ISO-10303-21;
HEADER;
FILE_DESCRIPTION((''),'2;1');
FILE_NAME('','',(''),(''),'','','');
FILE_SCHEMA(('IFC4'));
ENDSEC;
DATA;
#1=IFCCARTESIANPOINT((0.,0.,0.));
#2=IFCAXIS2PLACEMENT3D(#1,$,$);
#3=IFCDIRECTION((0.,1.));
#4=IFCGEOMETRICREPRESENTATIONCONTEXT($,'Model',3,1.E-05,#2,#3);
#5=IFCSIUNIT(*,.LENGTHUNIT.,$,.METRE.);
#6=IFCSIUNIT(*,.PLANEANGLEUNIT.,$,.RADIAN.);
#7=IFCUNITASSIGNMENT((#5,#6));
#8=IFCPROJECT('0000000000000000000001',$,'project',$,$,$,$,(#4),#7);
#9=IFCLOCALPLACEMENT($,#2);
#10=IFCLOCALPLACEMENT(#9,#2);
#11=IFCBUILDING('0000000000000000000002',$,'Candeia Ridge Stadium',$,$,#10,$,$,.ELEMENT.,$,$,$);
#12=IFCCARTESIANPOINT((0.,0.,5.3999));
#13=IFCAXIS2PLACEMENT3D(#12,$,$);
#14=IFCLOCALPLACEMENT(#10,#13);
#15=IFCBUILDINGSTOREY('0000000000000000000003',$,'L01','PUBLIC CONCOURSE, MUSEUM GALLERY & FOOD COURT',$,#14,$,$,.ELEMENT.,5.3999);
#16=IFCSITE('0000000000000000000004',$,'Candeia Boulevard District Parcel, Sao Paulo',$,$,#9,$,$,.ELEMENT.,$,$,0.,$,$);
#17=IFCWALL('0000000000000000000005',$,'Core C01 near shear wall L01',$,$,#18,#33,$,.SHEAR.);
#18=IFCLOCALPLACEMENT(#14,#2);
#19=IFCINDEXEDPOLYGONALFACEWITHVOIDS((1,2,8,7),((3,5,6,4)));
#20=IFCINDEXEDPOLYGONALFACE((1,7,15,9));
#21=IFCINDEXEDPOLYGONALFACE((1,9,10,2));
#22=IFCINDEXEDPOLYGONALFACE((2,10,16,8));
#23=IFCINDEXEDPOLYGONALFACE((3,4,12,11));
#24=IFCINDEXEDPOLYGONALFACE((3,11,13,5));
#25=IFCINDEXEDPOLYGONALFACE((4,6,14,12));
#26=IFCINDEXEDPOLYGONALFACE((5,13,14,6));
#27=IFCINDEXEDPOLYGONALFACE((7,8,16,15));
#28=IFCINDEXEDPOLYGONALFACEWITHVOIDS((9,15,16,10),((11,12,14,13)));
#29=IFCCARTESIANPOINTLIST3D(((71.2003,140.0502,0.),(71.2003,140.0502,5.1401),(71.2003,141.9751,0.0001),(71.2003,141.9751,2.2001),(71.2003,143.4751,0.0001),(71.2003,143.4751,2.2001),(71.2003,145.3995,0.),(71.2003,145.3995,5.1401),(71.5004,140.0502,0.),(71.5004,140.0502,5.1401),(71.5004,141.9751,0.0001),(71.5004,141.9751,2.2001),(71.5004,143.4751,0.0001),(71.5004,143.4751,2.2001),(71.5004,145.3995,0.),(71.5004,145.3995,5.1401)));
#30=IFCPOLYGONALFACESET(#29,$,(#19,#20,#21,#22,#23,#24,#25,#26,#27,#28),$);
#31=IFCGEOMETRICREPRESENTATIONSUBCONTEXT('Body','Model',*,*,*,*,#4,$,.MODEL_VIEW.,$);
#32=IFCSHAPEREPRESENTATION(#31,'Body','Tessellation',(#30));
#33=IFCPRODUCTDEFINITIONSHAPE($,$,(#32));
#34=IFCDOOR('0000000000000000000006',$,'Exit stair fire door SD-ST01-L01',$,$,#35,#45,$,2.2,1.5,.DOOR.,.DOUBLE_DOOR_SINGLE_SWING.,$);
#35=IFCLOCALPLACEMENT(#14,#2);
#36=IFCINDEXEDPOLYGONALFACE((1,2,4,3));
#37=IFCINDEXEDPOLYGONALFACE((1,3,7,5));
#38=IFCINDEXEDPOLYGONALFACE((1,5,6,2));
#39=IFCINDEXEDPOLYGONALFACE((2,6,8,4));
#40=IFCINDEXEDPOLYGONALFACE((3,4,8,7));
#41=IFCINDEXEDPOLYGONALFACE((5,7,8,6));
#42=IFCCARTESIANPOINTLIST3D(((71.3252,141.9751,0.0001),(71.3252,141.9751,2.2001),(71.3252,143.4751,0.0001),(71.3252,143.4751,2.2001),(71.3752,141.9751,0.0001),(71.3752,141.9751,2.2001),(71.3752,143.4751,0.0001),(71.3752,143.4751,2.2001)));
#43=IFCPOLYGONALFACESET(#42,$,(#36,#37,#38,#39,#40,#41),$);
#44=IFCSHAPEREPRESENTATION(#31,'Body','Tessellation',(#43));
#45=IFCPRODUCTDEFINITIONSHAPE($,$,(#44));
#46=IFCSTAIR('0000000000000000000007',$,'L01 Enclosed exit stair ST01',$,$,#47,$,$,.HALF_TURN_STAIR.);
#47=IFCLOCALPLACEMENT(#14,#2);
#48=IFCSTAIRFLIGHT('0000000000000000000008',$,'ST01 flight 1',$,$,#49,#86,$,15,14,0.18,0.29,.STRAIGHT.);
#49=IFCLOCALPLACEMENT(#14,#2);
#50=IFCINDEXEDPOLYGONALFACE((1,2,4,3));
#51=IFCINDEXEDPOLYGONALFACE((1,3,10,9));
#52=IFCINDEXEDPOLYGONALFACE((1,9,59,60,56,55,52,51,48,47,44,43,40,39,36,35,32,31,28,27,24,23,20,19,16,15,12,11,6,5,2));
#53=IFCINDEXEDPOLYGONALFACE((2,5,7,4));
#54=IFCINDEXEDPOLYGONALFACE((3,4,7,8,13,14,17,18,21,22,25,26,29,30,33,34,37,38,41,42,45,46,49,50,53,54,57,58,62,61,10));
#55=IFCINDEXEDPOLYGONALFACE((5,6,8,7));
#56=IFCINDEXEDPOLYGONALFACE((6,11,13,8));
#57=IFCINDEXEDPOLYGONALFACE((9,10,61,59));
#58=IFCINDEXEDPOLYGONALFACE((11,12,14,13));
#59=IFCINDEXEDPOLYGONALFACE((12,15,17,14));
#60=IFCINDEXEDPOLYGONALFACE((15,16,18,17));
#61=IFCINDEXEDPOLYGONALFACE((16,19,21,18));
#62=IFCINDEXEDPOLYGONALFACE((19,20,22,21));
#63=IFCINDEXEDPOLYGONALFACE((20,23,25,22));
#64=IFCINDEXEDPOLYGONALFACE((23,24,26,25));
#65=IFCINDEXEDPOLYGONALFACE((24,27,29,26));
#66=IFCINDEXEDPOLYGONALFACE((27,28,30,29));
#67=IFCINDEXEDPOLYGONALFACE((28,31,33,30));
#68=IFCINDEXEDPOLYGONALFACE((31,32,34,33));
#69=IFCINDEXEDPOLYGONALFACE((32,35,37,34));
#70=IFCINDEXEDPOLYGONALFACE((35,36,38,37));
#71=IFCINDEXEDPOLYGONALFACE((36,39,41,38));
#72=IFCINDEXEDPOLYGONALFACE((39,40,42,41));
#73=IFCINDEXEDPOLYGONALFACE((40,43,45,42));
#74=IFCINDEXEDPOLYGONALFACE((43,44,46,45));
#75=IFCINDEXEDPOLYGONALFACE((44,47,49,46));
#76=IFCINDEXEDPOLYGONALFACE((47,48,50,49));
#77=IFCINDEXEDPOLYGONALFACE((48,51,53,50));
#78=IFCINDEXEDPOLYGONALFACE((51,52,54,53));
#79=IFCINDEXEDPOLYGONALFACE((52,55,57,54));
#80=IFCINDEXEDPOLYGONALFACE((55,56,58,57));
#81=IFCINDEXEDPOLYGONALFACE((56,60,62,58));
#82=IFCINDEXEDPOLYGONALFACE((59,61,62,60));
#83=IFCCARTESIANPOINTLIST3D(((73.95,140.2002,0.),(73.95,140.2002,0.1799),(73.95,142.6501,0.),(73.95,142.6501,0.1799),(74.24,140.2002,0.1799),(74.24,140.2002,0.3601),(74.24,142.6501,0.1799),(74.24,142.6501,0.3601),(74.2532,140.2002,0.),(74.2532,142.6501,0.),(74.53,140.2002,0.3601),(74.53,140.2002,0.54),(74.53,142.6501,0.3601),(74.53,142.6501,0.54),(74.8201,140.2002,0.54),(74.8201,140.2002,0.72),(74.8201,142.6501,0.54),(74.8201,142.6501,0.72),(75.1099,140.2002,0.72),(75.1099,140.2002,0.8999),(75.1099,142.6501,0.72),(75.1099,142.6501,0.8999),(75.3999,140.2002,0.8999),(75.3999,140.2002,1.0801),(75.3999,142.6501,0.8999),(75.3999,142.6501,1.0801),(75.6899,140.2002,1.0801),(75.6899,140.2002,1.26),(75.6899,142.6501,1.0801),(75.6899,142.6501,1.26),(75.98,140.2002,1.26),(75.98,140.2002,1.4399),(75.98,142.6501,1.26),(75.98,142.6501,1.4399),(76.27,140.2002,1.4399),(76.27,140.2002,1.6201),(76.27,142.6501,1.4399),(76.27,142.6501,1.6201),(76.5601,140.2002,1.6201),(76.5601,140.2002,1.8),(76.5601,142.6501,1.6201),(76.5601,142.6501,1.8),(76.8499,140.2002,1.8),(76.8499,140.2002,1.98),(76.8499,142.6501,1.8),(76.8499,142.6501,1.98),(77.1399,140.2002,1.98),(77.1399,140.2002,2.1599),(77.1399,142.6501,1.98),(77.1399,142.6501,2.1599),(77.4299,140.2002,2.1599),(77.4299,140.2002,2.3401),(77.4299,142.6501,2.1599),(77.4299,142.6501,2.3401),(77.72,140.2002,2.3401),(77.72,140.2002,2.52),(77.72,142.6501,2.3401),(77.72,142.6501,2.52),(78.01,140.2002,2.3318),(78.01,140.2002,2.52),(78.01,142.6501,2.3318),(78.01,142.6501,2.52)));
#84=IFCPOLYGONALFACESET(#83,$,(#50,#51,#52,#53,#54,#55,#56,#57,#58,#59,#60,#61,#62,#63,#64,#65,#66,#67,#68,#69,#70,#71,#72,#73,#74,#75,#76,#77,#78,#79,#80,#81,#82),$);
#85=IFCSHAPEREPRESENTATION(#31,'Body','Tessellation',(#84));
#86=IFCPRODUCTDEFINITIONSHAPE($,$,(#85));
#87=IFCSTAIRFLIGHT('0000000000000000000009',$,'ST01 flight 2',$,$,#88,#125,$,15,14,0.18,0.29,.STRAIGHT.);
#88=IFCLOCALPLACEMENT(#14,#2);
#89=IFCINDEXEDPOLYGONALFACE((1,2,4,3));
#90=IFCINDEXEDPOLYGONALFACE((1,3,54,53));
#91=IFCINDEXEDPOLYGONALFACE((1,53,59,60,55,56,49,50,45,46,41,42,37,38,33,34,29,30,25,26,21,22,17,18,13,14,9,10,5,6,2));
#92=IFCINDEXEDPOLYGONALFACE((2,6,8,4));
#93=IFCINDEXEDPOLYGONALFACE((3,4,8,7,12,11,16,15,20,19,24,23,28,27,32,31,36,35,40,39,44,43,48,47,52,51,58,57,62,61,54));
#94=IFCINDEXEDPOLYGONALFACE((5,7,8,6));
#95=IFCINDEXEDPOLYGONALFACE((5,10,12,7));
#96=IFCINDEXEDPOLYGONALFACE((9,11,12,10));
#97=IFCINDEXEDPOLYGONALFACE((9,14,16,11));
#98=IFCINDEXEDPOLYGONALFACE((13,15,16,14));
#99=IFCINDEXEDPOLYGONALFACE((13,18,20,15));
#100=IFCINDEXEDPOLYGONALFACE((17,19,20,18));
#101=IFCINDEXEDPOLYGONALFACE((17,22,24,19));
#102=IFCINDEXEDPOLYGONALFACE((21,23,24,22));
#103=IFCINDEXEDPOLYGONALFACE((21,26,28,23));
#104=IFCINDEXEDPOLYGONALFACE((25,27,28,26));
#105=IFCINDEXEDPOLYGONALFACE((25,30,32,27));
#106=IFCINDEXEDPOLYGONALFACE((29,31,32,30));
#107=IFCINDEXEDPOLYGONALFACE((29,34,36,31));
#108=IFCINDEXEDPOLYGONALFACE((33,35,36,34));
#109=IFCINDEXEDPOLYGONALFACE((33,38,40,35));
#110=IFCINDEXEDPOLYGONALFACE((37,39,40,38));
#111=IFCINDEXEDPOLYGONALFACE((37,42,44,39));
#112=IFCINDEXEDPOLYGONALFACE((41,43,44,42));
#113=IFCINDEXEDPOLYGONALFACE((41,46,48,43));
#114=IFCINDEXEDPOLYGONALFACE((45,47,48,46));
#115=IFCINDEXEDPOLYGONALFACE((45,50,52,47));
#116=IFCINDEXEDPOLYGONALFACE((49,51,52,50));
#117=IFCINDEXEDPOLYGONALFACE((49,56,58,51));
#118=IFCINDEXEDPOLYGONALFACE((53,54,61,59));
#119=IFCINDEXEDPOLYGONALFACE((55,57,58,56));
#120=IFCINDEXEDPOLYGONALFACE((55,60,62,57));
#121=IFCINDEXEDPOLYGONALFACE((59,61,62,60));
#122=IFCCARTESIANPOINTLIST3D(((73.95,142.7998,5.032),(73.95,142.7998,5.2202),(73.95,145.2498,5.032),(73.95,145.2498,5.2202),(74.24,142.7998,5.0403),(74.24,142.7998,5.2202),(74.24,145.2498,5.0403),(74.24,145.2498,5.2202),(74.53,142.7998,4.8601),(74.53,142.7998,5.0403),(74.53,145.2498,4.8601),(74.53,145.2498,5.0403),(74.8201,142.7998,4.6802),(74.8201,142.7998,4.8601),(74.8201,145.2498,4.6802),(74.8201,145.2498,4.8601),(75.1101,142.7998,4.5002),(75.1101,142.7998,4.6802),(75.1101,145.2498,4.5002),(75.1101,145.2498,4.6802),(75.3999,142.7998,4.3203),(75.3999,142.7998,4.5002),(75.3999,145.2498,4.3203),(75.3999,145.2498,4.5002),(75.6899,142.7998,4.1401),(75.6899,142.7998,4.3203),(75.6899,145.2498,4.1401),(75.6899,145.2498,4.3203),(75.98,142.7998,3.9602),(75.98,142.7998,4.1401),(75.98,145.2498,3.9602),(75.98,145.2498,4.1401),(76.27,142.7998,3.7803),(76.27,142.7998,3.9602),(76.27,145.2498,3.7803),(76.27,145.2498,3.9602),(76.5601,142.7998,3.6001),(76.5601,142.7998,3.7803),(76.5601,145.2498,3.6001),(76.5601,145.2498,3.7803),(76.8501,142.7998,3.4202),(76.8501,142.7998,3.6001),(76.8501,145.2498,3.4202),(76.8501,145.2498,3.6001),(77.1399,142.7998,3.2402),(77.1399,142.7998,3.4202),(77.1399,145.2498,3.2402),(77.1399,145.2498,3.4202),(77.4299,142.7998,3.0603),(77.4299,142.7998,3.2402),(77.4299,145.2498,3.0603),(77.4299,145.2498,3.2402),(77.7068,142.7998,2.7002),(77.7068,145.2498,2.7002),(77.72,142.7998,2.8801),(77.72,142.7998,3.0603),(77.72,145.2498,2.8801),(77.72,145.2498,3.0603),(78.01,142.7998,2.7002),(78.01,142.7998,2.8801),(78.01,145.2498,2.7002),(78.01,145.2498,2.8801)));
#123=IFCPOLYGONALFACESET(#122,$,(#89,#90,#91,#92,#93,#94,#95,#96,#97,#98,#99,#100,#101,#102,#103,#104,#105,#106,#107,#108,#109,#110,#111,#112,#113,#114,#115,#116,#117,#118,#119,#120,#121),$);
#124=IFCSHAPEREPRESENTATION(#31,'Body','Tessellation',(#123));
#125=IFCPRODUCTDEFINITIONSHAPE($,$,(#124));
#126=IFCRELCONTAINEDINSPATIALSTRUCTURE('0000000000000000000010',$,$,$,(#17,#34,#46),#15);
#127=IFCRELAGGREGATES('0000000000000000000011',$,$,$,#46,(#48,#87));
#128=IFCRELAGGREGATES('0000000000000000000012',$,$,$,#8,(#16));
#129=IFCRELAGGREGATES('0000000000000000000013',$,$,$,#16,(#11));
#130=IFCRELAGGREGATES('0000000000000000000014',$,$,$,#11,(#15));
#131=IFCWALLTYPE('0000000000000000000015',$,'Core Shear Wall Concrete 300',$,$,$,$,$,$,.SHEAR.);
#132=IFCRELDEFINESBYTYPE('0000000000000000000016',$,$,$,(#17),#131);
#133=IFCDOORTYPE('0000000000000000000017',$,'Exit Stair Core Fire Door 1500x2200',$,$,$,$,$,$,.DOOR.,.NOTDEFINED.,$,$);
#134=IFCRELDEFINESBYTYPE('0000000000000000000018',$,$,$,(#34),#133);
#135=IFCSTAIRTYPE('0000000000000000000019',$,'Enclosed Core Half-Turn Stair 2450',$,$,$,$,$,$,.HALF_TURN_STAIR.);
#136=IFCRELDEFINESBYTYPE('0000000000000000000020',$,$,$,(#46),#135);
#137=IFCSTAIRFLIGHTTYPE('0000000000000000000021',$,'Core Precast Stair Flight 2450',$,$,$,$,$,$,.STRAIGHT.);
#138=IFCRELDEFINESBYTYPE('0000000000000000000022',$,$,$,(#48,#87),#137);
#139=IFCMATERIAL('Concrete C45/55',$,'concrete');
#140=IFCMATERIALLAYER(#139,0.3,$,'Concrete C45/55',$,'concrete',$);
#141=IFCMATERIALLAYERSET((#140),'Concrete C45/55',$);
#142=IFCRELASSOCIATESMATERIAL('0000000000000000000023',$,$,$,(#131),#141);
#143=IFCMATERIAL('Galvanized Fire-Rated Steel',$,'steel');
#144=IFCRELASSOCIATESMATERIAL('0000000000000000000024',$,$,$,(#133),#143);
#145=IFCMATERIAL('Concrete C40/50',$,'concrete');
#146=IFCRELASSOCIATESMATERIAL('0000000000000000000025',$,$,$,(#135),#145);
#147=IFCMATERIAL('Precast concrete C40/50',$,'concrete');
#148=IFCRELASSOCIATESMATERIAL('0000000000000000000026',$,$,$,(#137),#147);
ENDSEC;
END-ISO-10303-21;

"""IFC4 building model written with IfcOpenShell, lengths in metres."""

from ifc_helpers import new_model, si_unit, direction, frame, frame_2d, origin, place, context, subcontext, project, spatial, polyline, rectangle, outline, extrude, material, layer, layer_set, type_object, element, fill, aggregate, save


model = new_model("IFC4")

# Units and contexts
model_context = context("Model", 3, precision=1e-05, world=origin(), true_north=direction((0.0, 1.0)))
body_context = subcontext(model_context, "Body", "Model", "MODEL_VIEW")
ifc_project = project(units=[si_unit("LENGTHUNIT", "METRE"), si_unit("PLANEANGLEUNIT", "RADIAN")], contexts=[model_context])

# Site, building, storey
site_placement = place(None, origin())
site = spatial("IfcSite", under=ifc_project, at=site_placement, Name="Candeia Boulevard District Parcel, Sao Paulo", CompositionType="ELEMENT", RefElevation=0.0)
building_placement = place(site_placement, origin())
building = spatial("IfcBuilding", under=site, at=building_placement, Name="Candeia Ridge Stadium", CompositionType="ELEMENT")
storey_placement = place(building_placement, frame((0.0, 0.0, 5.3999)))
storey = spatial("IfcBuildingStorey", under=building, at=storey_placement, Name="L01", Description="PUBLIC CONCOURSE, MUSEUM GALLERY & FOOD COURT", CompositionType="ELEMENT", Elevation=5.3999)

# Shared definitions
ifc_material_1 = material(Name="Concrete C40/50", Category="concrete")

# Shared definitions
ifc_material_2 = material(Name="Concrete C45/55", Category="concrete")

# Shared definitions
ifc_layer_1 = layer(ifc_material_2, 0.3, Name="Concrete C45/55", Category="concrete")
ifc_layer_set_1 = layer_set([ifc_layer_1], Name="Concrete C45/55")
wall_type_1 = type_object("IfcWallType", Name="Core Shear Wall Concrete 300", PredefinedType="SHEAR", material=ifc_layer_set_1)

# Wall, opening, door
wall_1_placement = place(storey_placement, frame((71.3503, 145.3997, 0.0), z_axis=(0.0, 0.0, 1.0), x_axis=(0.0, -1.0, 0.0)))
wall_1 = element("IfcWall", 1, at=wall_1_placement, inside=storey, type_object=wall_type_1, Name="Core C01 near shear wall L01", PredefinedType="SHEAR", context=body_context, shape_type="SweptSolid", body=[
    extrude(rectangle(XDim=5.3494, YDim=0.3, at=frame_2d((2.6748, 0.0))), origin(), (0.0, 0.0, 1.0), 5.1401),
])
opening_placement = place(wall_1_placement, frame((1.9246, 0.0, 0.0)))
opening = element("IfcOpeningElement", 2, at=opening_placement, cuts=wall_1, PredefinedType="OPENING", context=body_context, shape_type="SweptSolid", body=[
    extrude(rectangle(XDim=1.5, YDim=2.2, at=frame_2d((0.75, 1.1001))), frame((0.0, 0.1599, 0.0), z_axis=(0.0, -1.0, 0.0), x_axis=(1.0, 0.0, 0.0)), (0.0, 0.0, 1.0), 0.3201),
])
ifc_material_3 = material(Name="Galvanized Fire-Rated Steel", Category="steel")
door_type = type_object("IfcDoorType", Name="Exit Stair Core Fire Door 1500x2200", OperationType="NOTDEFINED", PredefinedType="DOOR", material=ifc_material_3)
door_placement = place(opening_placement, origin())
door = element("IfcDoor", 3, at=door_placement, inside=storey, type_object=door_type, Name="Exit stair fire door SD-ST01-L01", OperationType="DOUBLE_DOOR_SINGLE_SWING", OverallHeight=2.2, OverallWidth=1.5, PredefinedType="DOOR", context=body_context, shape_type="SweptSolid", body=[
    extrude(rectangle(XDim=1.5, YDim=2.2, at=frame_2d((0.75, 1.1001))), frame((0.0, 0.0249, 0.0), z_axis=(0.0, -1.0, 0.0), x_axis=(1.0, 0.0, 0.0)), (0.0, 0.0, 1.0), 0.05),
])
fill(opening, door)

# Stair, stair flights
stair_type = type_object("IfcStairType", Name="Enclosed Core Half-Turn Stair 2450", PredefinedType="HALF_TURN_STAIR", material=ifc_material_1)
stair_placement = place(storey_placement, origin())
stair = element("IfcStair", 4, at=stair_placement, inside=storey, type_object=stair_type, Name="L01 Enclosed exit stair ST01", PredefinedType="HALF_TURN_STAIR")
ifc_material_4 = material(Name="Precast concrete C40/50", Category="concrete")
stair_flight_type = type_object("IfcStairFlightType", Name="Core Precast Stair Flight 2450", PredefinedType="STRAIGHT", material=ifc_material_4)
stair_flight_1_placement = place(storey_placement, frame((73.95, 141.425, 0.0), z_axis=(0.0, 0.0, 1.0), x_axis=(1.0, 0.0, 0.0)))
stair_flight_1 = element("IfcStairFlight", 5, at=stair_flight_1_placement, type_object=stair_flight_type, Name="ST01 flight 1", NumberOfRisers=15, NumberOfTreads=14, PredefinedType="STRAIGHT", RiserHeight=0.18, TreadLength=0.29, context=body_context, shape_type="SweptSolid", body=[
    extrude(outline(polyline([(0.0, 0.0), (0.0, 0.1799), (0.29, 0.1799), (0.29, 0.3601), (0.5801, 0.3601), (0.5801, 0.54), (0.8701, 0.54), (0.8701, 0.72), (1.1599, 0.72), (1.1599, 0.8999), (1.45, 0.8999), (1.45, 1.0801), (1.74, 1.0801), (1.74, 1.26), (2.03, 1.26), (2.03, 1.4399), (2.3201, 1.4399), (2.3201, 1.6201), (2.6101, 1.6201), (2.6101, 1.8), (2.8999, 1.8), (2.8999, 1.98), (3.1899, 1.98), (3.1899, 2.1599), (3.48, 2.1599), (3.48, 2.3401), (3.77, 2.3401), (3.77, 2.52), (4.0601, 2.52), (4.0601, 2.7), (4.0601, 2.3318), (0.3032, 0.0), (0.0, 0.0)])), frame((0.0, 1.2251, 0.0), z_axis=(0.0, -1.0, 0.0), x_axis=(1.0, 0.0, 0.0)), (0.0, 0.0, 1.0), 2.45),
])
stair_flight_2_placement = place(storey_placement, frame((78.01, 144.0249, 2.7002), z_axis=(0.0, 0.0, 1.0), x_axis=(-1.0, 0.0, 0.0)))
stair_flight_2 = element("IfcStairFlight", 6, at=stair_flight_2_placement, type_object=stair_flight_type, Name="ST01 flight 2", NumberOfRisers=15, NumberOfTreads=14, PredefinedType="STRAIGHT", RiserHeight=0.18, TreadLength=0.29, context=body_context, shape_type="SweptSolid", body=[
    extrude(outline(polyline([(0.0, 0.0), (0.0, 0.1799), (0.29, 0.1799), (0.29, 0.3601), (0.5801, 0.3601), (0.5801, 0.54), (0.8701, 0.54), (0.8701, 0.72), (1.1599, 0.72), (1.1599, 0.8999), (1.45, 0.8999), (1.45, 1.0801), (1.74, 1.0801), (1.74, 1.26), (2.03, 1.26), (2.03, 1.4399), (2.3201, 1.4399), (2.3201, 1.6201), (2.6101, 1.6201), (2.6101, 1.8), (2.8999, 1.8), (2.8999, 1.98), (3.1899, 1.98), (3.1899, 2.1599), (3.48, 2.1599), (3.48, 2.3401), (3.77, 2.3401), (3.77, 2.52), (4.0601, 2.52), (4.0601, 2.7), (4.0601, 2.3318), (0.3032, 0.0), (0.0, 0.0)])), frame((0.0, 1.2251, 0.0), z_axis=(0.0, -1.0, 0.0), x_axis=(1.0, 0.0, 0.0)), (0.0, 0.0, 1.0), 2.45),
])
aggregate(stair, [stair_flight_1, stair_flight_2])

save(model, "model.ifc")
